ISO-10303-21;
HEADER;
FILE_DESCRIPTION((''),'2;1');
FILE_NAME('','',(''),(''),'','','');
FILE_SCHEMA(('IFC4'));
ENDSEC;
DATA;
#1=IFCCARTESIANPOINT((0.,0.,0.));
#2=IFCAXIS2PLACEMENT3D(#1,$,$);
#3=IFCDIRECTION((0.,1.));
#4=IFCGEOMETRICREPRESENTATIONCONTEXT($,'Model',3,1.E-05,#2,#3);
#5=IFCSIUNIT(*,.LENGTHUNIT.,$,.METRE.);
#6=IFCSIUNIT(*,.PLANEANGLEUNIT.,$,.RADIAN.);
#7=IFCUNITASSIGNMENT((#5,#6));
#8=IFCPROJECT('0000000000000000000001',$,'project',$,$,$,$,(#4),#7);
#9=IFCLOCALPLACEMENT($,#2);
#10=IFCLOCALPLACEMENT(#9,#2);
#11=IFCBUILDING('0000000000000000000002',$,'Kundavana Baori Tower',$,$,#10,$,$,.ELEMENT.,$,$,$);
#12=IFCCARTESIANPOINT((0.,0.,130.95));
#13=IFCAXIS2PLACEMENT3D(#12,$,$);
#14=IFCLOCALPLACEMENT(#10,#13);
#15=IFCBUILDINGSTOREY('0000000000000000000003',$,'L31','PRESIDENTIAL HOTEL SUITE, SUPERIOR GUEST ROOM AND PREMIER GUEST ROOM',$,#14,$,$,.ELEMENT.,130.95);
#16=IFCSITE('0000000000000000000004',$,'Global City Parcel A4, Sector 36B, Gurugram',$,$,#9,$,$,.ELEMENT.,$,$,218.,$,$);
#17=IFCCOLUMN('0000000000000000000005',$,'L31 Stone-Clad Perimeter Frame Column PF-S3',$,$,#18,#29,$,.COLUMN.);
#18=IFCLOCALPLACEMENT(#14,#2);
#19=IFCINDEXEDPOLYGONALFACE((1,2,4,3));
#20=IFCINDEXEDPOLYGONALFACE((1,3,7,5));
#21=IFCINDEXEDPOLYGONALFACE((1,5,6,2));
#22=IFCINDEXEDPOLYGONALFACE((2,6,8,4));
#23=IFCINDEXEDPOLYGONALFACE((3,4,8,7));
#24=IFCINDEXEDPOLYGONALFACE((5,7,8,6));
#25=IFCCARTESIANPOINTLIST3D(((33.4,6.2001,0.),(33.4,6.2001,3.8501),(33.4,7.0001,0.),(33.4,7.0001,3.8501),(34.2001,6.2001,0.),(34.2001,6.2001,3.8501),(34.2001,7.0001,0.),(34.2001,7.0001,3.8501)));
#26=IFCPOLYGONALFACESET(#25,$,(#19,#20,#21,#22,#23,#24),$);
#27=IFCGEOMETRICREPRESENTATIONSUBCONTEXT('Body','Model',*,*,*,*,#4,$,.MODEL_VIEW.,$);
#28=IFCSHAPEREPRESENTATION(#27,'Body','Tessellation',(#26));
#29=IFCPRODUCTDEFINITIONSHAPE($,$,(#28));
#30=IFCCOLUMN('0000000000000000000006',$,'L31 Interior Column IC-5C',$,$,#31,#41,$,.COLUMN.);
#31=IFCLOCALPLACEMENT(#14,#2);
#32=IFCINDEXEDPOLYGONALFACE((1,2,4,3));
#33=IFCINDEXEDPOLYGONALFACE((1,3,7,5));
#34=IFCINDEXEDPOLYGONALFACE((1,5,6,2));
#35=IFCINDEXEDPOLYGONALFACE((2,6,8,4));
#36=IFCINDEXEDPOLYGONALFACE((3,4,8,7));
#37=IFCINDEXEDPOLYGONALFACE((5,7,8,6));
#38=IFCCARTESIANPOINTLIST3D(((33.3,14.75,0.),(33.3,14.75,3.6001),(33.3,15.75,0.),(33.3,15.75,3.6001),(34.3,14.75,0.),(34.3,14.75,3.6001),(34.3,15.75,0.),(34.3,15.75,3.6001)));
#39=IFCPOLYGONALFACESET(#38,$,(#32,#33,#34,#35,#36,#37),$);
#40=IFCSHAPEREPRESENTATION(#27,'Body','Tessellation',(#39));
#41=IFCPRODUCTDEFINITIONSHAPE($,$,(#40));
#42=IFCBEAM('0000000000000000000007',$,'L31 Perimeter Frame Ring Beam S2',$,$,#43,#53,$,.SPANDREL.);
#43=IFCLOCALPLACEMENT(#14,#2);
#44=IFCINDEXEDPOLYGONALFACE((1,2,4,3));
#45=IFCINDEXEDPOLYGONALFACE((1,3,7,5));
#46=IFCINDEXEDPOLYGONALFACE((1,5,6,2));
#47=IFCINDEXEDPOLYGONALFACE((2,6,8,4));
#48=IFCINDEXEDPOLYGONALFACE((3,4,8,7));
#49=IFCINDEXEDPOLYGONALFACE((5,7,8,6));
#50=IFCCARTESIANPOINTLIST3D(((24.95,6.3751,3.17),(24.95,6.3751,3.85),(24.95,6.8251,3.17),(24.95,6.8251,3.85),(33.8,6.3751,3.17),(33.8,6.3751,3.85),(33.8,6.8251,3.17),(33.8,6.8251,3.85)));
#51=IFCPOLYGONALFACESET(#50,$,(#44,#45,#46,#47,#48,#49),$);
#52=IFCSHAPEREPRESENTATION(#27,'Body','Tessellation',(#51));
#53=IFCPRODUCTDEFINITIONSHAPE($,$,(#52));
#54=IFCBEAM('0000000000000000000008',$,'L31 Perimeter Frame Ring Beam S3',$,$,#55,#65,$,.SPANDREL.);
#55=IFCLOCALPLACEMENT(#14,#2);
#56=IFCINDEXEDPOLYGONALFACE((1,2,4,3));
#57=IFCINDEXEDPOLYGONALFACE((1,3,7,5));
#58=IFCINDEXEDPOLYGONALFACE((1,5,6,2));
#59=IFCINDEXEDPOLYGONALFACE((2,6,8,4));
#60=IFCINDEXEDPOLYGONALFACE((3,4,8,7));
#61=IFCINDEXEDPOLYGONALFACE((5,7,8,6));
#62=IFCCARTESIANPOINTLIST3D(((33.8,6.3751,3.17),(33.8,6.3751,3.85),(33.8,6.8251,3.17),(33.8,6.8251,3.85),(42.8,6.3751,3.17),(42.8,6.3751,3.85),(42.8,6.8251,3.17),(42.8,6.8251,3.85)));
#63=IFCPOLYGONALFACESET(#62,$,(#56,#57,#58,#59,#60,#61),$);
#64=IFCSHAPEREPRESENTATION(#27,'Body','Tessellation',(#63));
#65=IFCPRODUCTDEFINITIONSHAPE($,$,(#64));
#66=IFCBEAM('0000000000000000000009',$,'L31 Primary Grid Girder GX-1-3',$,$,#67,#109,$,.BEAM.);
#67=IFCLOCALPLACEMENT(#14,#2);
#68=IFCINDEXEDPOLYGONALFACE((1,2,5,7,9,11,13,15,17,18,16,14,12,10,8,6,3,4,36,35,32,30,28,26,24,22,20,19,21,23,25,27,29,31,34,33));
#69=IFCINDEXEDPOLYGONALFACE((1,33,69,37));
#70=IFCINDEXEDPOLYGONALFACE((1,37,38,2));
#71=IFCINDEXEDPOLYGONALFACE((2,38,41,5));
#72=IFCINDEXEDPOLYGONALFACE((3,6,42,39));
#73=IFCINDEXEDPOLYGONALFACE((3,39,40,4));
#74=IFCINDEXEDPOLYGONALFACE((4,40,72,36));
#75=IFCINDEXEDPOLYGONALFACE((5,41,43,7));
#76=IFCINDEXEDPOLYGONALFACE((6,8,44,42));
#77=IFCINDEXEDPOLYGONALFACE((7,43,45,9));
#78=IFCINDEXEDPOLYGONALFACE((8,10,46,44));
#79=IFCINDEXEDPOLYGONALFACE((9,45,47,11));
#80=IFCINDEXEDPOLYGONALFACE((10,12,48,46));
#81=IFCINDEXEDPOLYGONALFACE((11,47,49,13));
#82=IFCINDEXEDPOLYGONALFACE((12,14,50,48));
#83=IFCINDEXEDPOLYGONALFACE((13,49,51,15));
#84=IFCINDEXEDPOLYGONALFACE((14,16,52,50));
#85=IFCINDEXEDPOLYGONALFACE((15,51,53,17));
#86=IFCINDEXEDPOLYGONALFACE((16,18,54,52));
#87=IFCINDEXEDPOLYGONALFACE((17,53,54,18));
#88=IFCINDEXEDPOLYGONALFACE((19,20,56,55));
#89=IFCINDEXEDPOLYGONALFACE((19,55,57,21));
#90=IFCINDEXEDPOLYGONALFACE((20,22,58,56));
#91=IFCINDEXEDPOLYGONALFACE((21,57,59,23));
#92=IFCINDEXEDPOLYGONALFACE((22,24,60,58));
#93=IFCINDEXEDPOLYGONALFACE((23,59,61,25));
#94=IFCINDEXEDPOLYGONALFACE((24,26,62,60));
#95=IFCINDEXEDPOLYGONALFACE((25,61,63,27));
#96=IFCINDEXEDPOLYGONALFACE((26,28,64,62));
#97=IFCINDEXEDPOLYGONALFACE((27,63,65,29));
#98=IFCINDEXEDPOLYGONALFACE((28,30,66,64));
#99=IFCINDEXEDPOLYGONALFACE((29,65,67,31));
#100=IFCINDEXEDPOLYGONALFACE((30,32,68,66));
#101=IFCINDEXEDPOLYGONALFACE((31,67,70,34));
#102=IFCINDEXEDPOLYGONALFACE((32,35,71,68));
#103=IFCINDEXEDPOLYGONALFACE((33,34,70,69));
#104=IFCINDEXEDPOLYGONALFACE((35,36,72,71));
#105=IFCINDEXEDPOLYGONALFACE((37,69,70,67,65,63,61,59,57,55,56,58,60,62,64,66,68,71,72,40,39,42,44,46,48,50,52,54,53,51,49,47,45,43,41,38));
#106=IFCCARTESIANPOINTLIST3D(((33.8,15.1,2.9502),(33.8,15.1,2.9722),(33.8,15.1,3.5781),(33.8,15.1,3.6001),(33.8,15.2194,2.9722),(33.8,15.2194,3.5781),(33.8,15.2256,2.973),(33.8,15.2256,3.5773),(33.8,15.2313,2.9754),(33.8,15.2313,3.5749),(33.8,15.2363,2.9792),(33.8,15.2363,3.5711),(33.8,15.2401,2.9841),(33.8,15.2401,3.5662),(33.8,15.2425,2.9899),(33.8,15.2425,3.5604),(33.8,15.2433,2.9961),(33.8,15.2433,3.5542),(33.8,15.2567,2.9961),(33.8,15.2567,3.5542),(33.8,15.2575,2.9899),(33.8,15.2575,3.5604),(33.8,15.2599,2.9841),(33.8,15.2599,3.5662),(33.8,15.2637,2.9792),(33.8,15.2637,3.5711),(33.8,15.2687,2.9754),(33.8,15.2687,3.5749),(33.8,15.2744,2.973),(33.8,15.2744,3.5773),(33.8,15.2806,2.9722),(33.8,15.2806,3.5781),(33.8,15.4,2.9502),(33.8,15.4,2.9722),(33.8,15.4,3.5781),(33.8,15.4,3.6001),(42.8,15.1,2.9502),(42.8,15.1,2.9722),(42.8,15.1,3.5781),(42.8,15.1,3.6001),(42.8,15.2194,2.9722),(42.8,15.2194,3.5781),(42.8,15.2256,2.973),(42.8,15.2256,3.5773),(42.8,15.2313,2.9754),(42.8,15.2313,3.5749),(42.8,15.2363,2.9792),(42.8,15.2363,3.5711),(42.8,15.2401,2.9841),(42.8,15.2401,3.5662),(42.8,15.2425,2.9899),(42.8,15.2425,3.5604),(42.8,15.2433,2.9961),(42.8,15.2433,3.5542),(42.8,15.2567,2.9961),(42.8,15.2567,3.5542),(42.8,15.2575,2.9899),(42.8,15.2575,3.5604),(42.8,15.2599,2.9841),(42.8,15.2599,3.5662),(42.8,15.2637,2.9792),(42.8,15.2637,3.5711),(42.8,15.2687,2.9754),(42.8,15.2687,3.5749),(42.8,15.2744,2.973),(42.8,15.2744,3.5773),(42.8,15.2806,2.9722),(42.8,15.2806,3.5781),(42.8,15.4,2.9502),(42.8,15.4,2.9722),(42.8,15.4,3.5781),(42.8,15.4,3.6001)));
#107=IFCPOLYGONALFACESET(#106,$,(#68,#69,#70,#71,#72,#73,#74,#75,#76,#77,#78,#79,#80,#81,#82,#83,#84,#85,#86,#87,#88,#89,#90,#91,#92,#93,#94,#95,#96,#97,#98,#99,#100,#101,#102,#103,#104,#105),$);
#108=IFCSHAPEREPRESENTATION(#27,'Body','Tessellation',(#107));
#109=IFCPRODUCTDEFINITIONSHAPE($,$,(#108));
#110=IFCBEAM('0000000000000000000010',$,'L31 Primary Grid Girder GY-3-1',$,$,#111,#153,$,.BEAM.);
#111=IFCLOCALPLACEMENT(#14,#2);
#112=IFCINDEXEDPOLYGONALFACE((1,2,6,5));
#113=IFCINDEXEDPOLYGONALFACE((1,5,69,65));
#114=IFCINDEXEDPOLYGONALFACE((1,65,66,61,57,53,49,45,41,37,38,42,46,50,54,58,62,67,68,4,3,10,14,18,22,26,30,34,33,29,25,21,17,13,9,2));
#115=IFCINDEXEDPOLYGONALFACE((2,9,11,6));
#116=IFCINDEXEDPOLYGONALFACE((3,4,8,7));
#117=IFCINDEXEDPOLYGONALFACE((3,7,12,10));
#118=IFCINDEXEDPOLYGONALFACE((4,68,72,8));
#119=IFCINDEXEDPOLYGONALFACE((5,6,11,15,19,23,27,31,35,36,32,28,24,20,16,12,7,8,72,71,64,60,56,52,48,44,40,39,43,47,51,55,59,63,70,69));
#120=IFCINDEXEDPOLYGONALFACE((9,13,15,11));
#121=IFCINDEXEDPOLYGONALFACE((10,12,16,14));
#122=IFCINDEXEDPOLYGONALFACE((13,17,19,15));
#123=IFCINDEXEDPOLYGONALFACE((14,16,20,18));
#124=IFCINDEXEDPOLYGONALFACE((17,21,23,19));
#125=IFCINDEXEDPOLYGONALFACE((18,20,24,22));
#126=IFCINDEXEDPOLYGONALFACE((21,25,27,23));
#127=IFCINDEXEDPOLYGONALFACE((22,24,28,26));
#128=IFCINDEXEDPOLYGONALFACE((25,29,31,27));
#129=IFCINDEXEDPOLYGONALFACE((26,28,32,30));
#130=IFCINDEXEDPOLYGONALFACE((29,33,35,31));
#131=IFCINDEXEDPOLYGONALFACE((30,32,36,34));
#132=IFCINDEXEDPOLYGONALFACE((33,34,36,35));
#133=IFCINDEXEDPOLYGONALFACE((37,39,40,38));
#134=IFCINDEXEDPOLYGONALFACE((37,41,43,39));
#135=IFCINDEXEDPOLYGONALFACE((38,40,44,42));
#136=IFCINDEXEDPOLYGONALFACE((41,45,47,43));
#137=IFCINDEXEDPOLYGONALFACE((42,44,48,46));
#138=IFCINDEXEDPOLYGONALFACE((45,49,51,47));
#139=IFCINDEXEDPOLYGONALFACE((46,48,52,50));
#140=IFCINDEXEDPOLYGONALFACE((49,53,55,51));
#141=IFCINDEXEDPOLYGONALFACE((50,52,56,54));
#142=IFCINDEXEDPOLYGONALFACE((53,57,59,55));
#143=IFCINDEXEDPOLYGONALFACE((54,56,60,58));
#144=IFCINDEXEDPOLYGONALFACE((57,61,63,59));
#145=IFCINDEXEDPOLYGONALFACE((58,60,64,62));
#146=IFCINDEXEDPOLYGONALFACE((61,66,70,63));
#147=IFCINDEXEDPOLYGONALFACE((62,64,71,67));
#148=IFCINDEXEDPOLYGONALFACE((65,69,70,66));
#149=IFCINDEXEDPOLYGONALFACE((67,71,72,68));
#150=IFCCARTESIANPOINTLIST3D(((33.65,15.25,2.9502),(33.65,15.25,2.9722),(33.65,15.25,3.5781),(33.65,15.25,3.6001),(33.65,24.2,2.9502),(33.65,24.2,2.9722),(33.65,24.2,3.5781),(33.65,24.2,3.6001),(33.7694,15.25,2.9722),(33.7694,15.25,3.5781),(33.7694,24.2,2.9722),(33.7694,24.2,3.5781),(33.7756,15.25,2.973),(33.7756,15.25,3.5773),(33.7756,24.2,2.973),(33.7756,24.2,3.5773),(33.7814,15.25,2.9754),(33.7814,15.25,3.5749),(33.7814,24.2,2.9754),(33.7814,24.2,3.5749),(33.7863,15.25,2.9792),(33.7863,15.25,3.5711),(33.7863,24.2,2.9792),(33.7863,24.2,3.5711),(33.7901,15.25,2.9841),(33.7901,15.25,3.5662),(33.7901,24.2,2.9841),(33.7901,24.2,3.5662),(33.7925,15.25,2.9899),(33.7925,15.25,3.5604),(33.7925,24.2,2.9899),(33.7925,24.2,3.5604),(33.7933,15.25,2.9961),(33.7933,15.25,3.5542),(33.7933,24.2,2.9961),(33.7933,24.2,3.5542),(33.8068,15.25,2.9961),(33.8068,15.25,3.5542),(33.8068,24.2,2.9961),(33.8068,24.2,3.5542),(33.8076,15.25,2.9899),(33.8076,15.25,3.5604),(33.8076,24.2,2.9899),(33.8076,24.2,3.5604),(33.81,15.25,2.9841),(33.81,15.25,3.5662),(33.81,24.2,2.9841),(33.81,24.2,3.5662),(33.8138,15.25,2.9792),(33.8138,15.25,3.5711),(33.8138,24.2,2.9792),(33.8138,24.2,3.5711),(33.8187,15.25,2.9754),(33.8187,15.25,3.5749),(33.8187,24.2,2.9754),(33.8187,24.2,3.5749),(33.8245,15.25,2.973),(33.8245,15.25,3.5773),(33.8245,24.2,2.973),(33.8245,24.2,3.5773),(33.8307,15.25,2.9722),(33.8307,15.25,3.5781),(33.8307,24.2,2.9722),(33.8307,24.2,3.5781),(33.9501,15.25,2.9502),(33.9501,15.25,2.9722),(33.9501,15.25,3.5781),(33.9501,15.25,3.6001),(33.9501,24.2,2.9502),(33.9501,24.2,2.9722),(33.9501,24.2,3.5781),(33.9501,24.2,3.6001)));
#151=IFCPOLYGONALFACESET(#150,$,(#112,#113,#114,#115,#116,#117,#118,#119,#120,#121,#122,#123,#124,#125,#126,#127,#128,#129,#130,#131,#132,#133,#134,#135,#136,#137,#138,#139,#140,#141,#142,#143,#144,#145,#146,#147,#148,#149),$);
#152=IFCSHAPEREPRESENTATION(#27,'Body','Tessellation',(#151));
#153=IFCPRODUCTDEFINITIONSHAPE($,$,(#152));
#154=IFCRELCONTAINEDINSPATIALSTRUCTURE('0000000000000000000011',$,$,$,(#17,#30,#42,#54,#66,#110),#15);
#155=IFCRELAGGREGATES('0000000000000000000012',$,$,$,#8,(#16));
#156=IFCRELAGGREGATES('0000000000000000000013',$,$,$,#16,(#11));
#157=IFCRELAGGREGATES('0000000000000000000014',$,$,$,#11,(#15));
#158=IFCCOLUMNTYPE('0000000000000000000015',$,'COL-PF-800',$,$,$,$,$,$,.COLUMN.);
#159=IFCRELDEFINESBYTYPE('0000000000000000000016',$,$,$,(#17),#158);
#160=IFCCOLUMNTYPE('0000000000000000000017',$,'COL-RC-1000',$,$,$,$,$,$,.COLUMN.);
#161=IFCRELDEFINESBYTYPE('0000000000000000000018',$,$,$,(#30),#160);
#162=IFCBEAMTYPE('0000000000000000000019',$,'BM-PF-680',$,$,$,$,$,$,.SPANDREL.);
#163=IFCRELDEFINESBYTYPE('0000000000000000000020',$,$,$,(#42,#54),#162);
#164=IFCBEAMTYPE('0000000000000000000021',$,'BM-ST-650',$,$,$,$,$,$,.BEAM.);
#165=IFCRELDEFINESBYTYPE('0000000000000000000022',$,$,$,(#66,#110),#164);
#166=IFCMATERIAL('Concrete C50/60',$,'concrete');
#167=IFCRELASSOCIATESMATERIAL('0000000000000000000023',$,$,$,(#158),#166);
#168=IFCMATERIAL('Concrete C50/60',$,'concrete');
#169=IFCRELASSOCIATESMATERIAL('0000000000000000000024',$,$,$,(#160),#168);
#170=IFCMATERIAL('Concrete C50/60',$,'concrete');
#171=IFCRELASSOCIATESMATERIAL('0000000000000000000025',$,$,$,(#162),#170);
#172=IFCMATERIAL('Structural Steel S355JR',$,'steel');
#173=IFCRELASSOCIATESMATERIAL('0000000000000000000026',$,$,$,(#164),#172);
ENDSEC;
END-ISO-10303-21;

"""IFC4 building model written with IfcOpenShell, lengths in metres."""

from ifc_helpers import new_model, si_unit, direction, frame, origin, origin_2d, place, context, subcontext, project, spatial, rectangle, i_section, extrude, material, material_profile, profile_set, type_object, element, save


model = new_model("IFC4")

# Units and contexts
model_context = context("Model", 3, precision=1e-05, world=origin(), true_north=direction((0.0, 1.0)))
body_context = subcontext(model_context, "Body", "Model", "MODEL_VIEW")
ifc_project = project(units=[si_unit("LENGTHUNIT", "METRE"), si_unit("PLANEANGLEUNIT", "RADIAN")], contexts=[model_context])

# Site, building, storey
site_placement = place(None, origin())
site = spatial("IfcSite", under=ifc_project, at=site_placement, Name="Global City Parcel A4, Sector 36B, Gurugram", CompositionType="ELEMENT", RefElevation=218.0)
building_placement = place(site_placement, origin())
building = spatial("IfcBuilding", under=site, at=building_placement, Name="Kundavana Baori Tower", CompositionType="ELEMENT")
storey_placement = place(building_placement, frame((0.0, 0.0, 130.95)))
storey = spatial("IfcBuildingStorey", under=building, at=storey_placement, Name="L31", Description="PRESIDENTIAL HOTEL SUITE, SUPERIOR GUEST ROOM AND PREMIER GUEST ROOM", CompositionType="ELEMENT", Elevation=130.95)

# Columns
ifc_material_1 = material(Name="Concrete C50/60", Category="concrete")
ifc_material_profile_1 = material_profile(ifc_material_1, rectangle(XDim=0.8, YDim=0.8, at=origin_2d()), Name="RC PF 800x800")
ifc_profile_set_1 = profile_set([ifc_material_profile_1], Name="Concrete C50/60")
column_type_1 = type_object("IfcColumnType", Name="COL-PF-800", PredefinedType="COLUMN", material=ifc_profile_set_1)
column_1_placement = place(storey_placement, frame((33.8, 6.6001, 0.0), z_axis=(0.0, 0.0, 1.0), x_axis=(1.0, 0.0, 0.0)))
element("IfcColumn", 1, at=column_1_placement, inside=storey, type_object=column_type_1, Name="L31 Stone-Clad Perimeter Frame Column PF-S3", PredefinedType="COLUMN", context=body_context, shape_type="SweptSolid", body=[
    extrude(rectangle(XDim=0.8, YDim=0.8, at=origin_2d()), origin(), (0.0, 0.0, 1.0), 3.8501),
])
ifc_material_2 = material(Name="Concrete C50/60", Category="concrete")
ifc_material_profile_2 = material_profile(ifc_material_2, rectangle(XDim=1.0, YDim=1.0, at=origin_2d()), Name="RC 1000x1000")
ifc_profile_set_2 = profile_set([ifc_material_profile_2], Name="Concrete C50/60")
column_type_2 = type_object("IfcColumnType", Name="COL-RC-1000", PredefinedType="COLUMN", material=ifc_profile_set_2)
column_2_placement = place(storey_placement, frame((33.8, 15.25, 0.0), z_axis=(0.0, 0.0, 1.0), x_axis=(1.0, 0.0, 0.0)))
element("IfcColumn", 2, at=column_2_placement, inside=storey, type_object=column_type_2, Name="L31 Interior Column IC-5C", PredefinedType="COLUMN", context=body_context, shape_type="SweptSolid", body=[
    extrude(rectangle(XDim=1.0, YDim=1.0, at=origin_2d()), origin(), (0.0, 0.0, 1.0), 3.6001),
])

# Beams
ifc_material_3 = material(Name="Concrete C50/60", Category="concrete")
ifc_material_profile_3 = material_profile(ifc_material_3, rectangle(XDim=0.45, YDim=0.6799, at=origin_2d()), Name="RC BM 450x680")
ifc_profile_set_3 = profile_set([ifc_material_profile_3], Name="Concrete C50/60")
beam_type_1 = type_object("IfcBeamType", Name="BM-PF-680", PredefinedType="SPANDREL", material=ifc_profile_set_3)
beam_1_placement = place(storey_placement, frame((24.95, 6.6001, 3.51), z_axis=(1.0, 0.0, 0.0), x_axis=(0.0, 1.0, 0.0)))
element("IfcBeam", 3, at=beam_1_placement, inside=storey, type_object=beam_type_1, Name="L31 Perimeter Frame Ring Beam S2", PredefinedType="SPANDREL", context=body_context, shape_type="SweptSolid", body=[
    extrude(rectangle(XDim=0.45, YDim=0.6799, at=origin_2d()), origin(), (0.0, 0.0, 1.0), 8.8501),
])
beam_2_placement = place(storey_placement, frame((33.8, 6.6001, 3.51), z_axis=(1.0, 0.0, 0.0), x_axis=(0.0, 1.0, 0.0)))
element("IfcBeam", 4, at=beam_2_placement, inside=storey, type_object=beam_type_1, Name="L31 Perimeter Frame Ring Beam S3", PredefinedType="SPANDREL", context=body_context, shape_type="SweptSolid", body=[
    extrude(rectangle(XDim=0.45, YDim=0.6799, at=origin_2d()), origin(), (0.0, 0.0, 1.0), 9.0),
])
ifc_material_4 = material(Name="Structural Steel S355JR", Category="steel")
ifc_material_profile_4 = material_profile(ifc_material_4, i_section(OverallWidth=0.3, OverallDepth=0.6499, WebThickness=0.0134, FlangeThickness=0.022, FilletRadius=0.0239, at=origin_2d()), Name="NPB 650x300x155")
ifc_profile_set_4 = profile_set([ifc_material_profile_4], Name="Structural Steel S355JR")
beam_type_2 = type_object("IfcBeamType", Name="BM-ST-650", PredefinedType="BEAM", material=ifc_profile_set_4)
beam_3_placement = place(storey_placement, frame((33.8, 15.25, 3.2751), z_axis=(1.0, 0.0, 0.0), x_axis=(0.0, 1.0, 0.0)))
element("IfcBeam", 5, at=beam_3_placement, inside=storey, type_object=beam_type_2, Name="L31 Primary Grid Girder GX-1-3", PredefinedType="BEAM", context=body_context, shape_type="SweptSolid", body=[
    extrude(i_section(OverallWidth=0.3, OverallDepth=0.6499, WebThickness=0.0134, FlangeThickness=0.022, FilletRadius=0.0239, at=origin_2d()), origin(), (0.0, 0.0, 1.0), 9.0),
])
beam_4_placement = place(storey_placement, frame((33.8, 15.25, 3.2751), z_axis=(0.0, 1.0, 0.0), x_axis=(-1.0, 0.0, 0.0)))
element("IfcBeam", 6, at=beam_4_placement, inside=storey, type_object=beam_type_2, Name="L31 Primary Grid Girder GY-3-1", PredefinedType="BEAM", context=body_context, shape_type="SweptSolid", body=[
    extrude(i_section(OverallWidth=0.3, OverallDepth=0.6499, WebThickness=0.0134, FlangeThickness=0.022, FilletRadius=0.0239, at=origin_2d()), origin(), (0.0, 0.0, 1.0), 8.95),
])

save(model, "model.ifc")
